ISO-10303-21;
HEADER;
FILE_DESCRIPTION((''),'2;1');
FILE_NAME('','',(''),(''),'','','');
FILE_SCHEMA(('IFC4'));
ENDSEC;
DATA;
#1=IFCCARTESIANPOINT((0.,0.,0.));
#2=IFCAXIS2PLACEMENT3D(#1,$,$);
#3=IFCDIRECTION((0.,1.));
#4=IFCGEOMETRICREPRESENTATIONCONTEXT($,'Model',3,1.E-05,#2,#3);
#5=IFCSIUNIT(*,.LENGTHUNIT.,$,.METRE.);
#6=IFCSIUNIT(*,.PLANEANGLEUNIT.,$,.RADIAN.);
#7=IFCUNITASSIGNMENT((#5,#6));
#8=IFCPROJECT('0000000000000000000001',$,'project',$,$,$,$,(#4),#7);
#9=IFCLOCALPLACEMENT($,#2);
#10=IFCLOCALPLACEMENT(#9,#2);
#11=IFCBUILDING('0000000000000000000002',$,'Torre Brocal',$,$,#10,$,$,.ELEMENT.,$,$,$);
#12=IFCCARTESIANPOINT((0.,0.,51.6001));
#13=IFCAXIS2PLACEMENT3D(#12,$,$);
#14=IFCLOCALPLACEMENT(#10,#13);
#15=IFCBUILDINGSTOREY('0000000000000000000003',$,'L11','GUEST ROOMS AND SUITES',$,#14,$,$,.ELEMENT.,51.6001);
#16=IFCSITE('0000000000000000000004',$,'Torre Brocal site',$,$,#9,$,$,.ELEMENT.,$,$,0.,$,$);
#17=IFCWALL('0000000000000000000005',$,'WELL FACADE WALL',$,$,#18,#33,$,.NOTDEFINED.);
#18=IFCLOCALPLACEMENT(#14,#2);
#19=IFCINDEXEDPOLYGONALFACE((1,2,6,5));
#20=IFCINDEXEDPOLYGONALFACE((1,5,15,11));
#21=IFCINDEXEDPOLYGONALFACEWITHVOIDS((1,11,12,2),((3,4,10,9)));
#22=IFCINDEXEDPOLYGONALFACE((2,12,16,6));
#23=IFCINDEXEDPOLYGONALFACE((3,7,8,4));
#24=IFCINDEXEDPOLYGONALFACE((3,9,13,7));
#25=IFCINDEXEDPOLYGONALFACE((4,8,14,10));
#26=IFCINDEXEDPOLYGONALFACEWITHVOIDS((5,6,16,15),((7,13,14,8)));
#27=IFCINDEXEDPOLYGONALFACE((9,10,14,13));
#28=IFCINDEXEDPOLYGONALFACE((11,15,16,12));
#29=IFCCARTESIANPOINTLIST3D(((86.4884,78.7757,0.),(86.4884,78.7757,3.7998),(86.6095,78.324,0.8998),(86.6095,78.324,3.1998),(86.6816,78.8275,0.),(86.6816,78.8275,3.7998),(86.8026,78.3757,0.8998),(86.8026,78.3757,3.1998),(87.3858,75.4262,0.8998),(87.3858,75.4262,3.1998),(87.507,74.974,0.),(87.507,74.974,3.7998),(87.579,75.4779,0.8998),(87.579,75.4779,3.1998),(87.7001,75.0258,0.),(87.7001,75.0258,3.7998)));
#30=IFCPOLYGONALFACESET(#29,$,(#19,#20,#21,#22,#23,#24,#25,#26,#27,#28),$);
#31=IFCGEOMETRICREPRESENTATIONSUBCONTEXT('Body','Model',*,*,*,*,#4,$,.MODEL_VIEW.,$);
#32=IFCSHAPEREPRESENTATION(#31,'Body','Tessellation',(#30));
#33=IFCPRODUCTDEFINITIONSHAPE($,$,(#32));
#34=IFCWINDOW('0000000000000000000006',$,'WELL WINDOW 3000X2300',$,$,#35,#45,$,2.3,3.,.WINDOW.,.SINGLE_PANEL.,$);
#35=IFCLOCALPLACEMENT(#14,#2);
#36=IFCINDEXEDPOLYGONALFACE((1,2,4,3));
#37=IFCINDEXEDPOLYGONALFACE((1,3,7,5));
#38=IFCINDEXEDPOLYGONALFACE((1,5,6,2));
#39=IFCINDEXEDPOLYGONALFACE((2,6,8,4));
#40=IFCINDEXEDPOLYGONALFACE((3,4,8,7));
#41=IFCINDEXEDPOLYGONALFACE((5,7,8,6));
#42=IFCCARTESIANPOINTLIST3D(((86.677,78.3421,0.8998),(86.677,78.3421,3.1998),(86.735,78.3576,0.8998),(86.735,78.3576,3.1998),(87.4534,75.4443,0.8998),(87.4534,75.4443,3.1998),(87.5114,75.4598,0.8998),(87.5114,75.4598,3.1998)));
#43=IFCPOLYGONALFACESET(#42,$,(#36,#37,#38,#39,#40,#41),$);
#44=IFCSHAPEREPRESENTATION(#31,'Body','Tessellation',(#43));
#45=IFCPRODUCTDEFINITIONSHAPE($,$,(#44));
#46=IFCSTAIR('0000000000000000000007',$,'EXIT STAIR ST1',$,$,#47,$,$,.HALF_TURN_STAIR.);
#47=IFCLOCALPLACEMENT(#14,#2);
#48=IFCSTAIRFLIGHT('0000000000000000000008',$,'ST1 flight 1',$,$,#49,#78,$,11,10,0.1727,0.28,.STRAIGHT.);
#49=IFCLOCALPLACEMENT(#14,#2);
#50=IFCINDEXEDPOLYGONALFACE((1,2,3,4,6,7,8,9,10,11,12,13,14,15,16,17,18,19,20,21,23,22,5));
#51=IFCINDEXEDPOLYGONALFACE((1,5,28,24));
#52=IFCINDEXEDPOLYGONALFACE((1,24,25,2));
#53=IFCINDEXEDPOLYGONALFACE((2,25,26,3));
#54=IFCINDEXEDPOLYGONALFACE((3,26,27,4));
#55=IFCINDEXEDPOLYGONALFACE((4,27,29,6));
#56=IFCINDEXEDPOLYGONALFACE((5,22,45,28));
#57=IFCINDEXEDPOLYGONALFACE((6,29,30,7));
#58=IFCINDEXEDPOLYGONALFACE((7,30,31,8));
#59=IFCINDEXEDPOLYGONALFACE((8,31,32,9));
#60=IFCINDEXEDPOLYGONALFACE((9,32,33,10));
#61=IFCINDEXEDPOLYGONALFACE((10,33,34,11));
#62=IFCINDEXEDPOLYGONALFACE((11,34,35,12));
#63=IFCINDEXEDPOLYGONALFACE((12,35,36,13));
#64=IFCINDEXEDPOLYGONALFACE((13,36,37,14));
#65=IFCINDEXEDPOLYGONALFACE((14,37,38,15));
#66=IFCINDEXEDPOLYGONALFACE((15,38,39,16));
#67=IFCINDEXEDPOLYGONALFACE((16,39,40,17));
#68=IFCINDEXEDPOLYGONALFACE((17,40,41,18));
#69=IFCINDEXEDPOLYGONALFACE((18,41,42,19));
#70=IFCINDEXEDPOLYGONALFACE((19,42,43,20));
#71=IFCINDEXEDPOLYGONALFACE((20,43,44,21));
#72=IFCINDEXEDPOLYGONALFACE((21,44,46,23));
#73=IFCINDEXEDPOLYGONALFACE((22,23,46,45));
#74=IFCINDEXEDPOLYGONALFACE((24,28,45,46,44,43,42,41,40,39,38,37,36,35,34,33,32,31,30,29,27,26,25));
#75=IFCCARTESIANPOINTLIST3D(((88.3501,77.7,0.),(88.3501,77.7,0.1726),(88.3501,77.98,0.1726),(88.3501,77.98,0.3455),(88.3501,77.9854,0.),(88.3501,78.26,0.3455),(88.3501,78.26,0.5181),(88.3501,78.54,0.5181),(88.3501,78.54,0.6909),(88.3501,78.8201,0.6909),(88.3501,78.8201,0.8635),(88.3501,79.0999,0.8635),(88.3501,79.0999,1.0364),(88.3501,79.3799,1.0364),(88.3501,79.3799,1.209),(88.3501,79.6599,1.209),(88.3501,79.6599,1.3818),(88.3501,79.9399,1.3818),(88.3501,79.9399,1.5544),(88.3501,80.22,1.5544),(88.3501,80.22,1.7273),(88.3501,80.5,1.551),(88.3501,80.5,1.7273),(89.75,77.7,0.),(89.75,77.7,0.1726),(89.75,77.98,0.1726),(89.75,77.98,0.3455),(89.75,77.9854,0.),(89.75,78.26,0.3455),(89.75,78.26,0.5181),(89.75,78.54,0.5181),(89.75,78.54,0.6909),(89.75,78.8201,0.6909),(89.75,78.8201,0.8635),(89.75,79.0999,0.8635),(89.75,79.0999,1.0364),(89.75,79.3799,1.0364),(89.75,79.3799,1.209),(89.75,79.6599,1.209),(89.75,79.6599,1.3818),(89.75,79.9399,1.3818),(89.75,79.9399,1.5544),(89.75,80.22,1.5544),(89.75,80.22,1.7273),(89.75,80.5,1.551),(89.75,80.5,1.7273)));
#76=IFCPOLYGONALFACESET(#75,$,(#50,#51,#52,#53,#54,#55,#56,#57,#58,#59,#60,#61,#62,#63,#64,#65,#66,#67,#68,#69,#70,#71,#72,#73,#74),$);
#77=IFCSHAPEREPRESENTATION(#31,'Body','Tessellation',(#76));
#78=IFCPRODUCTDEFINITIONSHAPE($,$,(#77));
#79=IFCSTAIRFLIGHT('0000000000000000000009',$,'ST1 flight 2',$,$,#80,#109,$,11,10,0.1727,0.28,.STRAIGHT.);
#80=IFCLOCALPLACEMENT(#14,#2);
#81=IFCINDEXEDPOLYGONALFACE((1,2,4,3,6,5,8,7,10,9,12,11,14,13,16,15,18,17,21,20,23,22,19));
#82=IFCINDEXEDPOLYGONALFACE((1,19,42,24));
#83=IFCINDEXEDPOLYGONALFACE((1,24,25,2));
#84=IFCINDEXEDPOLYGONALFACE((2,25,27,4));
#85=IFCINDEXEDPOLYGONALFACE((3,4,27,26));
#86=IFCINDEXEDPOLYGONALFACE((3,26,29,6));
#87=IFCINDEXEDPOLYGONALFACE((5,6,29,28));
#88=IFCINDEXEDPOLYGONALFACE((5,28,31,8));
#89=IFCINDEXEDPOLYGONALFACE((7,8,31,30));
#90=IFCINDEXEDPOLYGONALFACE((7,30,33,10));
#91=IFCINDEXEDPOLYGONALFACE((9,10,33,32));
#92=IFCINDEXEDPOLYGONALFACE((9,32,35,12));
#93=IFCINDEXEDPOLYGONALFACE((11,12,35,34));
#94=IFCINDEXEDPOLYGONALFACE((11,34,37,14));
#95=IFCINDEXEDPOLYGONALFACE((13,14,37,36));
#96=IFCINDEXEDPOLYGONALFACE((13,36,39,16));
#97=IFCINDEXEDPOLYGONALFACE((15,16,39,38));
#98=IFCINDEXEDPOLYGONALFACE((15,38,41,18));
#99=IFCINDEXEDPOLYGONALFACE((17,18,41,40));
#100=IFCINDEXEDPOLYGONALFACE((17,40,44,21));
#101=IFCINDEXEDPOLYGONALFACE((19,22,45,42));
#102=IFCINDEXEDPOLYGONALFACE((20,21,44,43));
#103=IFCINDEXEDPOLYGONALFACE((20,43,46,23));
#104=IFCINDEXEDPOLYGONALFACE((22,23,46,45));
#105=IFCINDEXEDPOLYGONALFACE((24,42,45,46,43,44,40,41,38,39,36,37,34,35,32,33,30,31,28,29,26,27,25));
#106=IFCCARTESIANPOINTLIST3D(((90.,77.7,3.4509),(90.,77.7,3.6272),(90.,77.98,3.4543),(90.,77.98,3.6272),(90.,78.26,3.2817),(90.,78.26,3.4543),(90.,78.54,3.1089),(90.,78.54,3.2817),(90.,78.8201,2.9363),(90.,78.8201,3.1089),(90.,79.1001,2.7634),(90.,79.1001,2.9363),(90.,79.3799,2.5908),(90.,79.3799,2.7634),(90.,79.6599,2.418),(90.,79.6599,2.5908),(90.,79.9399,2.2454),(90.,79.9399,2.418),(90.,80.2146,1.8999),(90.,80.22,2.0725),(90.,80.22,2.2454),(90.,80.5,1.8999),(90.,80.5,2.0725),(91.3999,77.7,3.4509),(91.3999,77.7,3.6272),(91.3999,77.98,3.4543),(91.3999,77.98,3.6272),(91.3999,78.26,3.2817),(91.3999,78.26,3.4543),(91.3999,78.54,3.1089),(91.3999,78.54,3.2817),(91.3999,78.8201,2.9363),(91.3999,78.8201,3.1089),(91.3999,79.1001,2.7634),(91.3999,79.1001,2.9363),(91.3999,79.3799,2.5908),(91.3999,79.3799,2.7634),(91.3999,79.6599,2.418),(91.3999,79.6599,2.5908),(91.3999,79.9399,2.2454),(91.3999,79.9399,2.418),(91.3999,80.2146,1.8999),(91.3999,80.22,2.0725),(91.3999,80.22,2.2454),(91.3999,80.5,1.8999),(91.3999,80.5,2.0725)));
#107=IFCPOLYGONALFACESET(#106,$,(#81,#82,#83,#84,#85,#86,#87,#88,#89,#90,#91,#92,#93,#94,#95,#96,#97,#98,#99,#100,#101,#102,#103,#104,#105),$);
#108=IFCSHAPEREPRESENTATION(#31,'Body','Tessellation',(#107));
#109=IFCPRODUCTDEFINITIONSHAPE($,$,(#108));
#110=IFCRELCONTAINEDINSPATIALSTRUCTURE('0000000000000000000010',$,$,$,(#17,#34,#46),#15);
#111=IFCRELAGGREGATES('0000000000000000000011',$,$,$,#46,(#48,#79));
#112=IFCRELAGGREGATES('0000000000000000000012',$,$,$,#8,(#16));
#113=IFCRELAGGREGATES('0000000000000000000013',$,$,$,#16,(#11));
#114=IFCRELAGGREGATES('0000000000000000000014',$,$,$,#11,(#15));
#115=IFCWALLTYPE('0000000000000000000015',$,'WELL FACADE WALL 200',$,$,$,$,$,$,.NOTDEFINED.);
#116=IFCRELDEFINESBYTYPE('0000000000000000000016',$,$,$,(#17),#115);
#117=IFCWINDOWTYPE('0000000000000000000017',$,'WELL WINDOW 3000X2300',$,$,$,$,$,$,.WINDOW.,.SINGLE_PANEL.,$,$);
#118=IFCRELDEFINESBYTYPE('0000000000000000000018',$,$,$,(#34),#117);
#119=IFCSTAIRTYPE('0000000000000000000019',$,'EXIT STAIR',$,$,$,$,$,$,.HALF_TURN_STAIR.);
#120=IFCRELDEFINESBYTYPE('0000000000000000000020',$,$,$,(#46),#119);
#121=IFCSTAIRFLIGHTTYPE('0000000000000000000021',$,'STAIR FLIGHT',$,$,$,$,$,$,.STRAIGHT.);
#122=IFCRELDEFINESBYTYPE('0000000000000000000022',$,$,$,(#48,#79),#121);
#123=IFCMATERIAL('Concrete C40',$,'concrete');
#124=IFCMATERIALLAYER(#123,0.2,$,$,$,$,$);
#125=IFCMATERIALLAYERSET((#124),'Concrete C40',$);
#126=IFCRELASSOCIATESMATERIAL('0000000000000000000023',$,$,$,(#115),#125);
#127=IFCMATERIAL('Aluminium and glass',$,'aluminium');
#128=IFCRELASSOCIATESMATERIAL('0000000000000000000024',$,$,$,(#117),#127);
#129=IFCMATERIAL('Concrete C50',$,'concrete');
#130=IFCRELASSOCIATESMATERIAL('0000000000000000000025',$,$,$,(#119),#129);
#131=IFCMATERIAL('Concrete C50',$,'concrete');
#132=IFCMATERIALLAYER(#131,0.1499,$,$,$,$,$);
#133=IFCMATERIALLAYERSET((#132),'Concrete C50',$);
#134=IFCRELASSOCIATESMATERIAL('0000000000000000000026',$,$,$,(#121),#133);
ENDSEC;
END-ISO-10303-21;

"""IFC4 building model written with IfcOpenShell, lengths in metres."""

from ifc_helpers import new_model, si_unit, direction, frame, frame_2d, origin, place, context, subcontext, project, spatial, polyline, rectangle, outline, extrude, material, layer, layer_set, type_object, element, fill, aggregate, save


model = new_model("IFC4")

# Units and contexts
model_context = context("Model", 3, precision=1e-05, world=origin(), true_north=direction((0.0, 1.0)))
body_context = subcontext(model_context, "Body", "Model", "MODEL_VIEW")
ifc_project = project(units=[si_unit("LENGTHUNIT", "METRE"), si_unit("PLANEANGLEUNIT", "RADIAN")], contexts=[model_context])

# Site, building, storey
site_placement = place(None, origin())
site = spatial("IfcSite", under=ifc_project, at=site_placement, Name="Torre Brocal site", CompositionType="ELEMENT", RefElevation=0.0)
building_placement = place(site_placement, origin())
building = spatial("IfcBuilding", under=site, at=building_placement, Name="Torre Brocal", CompositionType="ELEMENT")
storey_placement = place(building_placement, frame((0.0, 0.0, 51.6001)))
storey = spatial("IfcBuildingStorey", under=building, at=storey_placement, Name="L11", Description="GUEST ROOMS AND SUITES", CompositionType="ELEMENT", Elevation=51.6001)

# Wall, opening, window
ifc_material_1 = material(Name="Concrete C40", Category="concrete")
ifc_layer_1 = layer(ifc_material_1, 0.2)
ifc_layer_set_1 = layer_set([ifc_layer_1], Name="Concrete C40")
wall_type_1 = type_object("IfcWallType", Name="WELL FACADE WALL 200", PredefinedType="NOTDEFINED", material=ifc_layer_set_1)
wall_1_placement = place(storey_placement, frame((87.6035, 75.0, 0.0), z_axis=(0.0, 0.0, 1.0), x_axis=(-0.25879, 0.965934, 0.0)))
wall_1 = element("IfcWall", 1, at=wall_1_placement, inside=storey, type_object=wall_type_1, Name="WELL FACADE WALL", PredefinedType="NOTDEFINED", context=body_context, shape_type="SweptSolid", body=[
    extrude(rectangle(XDim=3.9358, YDim=0.2, at=frame_2d((1.9678, 0.0))), origin(), (0.0, 0.0, 1.0), 3.7998),
])
opening_1_placement = place(wall_1_placement, frame((0.468, 0.0, 0.8999)))
opening_1 = element("IfcOpeningElement", 2, at=opening_1_placement, cuts=wall_1, PredefinedType="OPENING", context=body_context, shape_type="SweptSolid", body=[
    extrude(rectangle(XDim=3.0, YDim=2.3, at=frame_2d((1.5, 1.1499))), frame((0.0, 0.1099, 0.0), z_axis=(0.0, -1.0, 0.0), x_axis=(1.0, 0.0, 0.0)), (0.0, 0.0, 1.0), 0.22),
])
ifc_material_2 = material(Name="Aluminium and glass", Category="aluminium")
window_type = type_object("IfcWindowType", Name="WELL WINDOW 3000X2300", PartitioningType="SINGLE_PANEL", PredefinedType="WINDOW", material=ifc_material_2)
window_placement = place(opening_1_placement, origin())
window = element("IfcWindow", 3, at=window_placement, inside=storey, type_object=window_type, Name="WELL WINDOW 3000X2300", OverallHeight=2.3, OverallWidth=3.0, PartitioningType="SINGLE_PANEL", PredefinedType="WINDOW", context=body_context, shape_type="SweptSolid", body=[
    extrude(rectangle(XDim=3.0, YDim=2.3, at=frame_2d((1.5, 1.1499))), frame((0.0, 0.03, 0.0), z_axis=(0.0, -1.0, 0.0), x_axis=(1.0, 0.0, 0.0)), (0.0, 0.0, 1.0), 0.0601),
])
fill(opening_1, window)

# Stair, stair flights
ifc_material_3 = material(Name="Concrete C50", Category="concrete")
stair_type = type_object("IfcStairType", Name="EXIT STAIR", PredefinedType="HALF_TURN_STAIR", material=ifc_material_3)
stair_placement = place(storey_placement, origin())
stair = element("IfcStair", 4, at=stair_placement, inside=storey, type_object=stair_type, Name="EXIT STAIR ST1", PredefinedType="HALF_TURN_STAIR")
ifc_material_4 = material(Name="Concrete C50", Category="concrete")
ifc_layer_2 = layer(ifc_material_4, 0.1499)
ifc_layer_set_2 = layer_set([ifc_layer_2], Name="Concrete C50")
stair_flight_type = type_object("IfcStairFlightType", Name="STAIR FLIGHT", PredefinedType="STRAIGHT", material=ifc_layer_set_2)
stair_flight_1_placement = place(storey_placement, frame((89.05, 77.7, 0.0), z_axis=(0.0, 0.0, 1.0), x_axis=(0.0, 1.0, 0.0)))
stair_flight_1 = element("IfcStairFlight", 5, at=stair_flight_1_placement, type_object=stair_flight_type, Name="ST1 flight 1", NumberOfRisers=11, NumberOfTreads=10, PredefinedType="STRAIGHT", RiserHeight=0.1727, TreadLength=0.28, context=body_context, shape_type="SweptSolid", body=[
    extrude(outline(polyline([(0.0, 0.0), (0.0, 0.1726), (0.28, 0.1726), (0.28, 0.3455), (0.5601, 0.3455), (0.5601, 0.5181), (0.8401, 0.5181), (0.8401, 0.6909), (1.1201, 0.6909), (1.1201, 0.8635), (1.3999, 0.8635), (1.3999, 1.0364), (1.6799, 1.0364), (1.6799, 1.209), (1.96, 1.209), (1.96, 1.3818), (2.24, 1.3818), (2.24, 1.5544), (2.52, 1.5544), (2.52, 1.7273), (2.8, 1.7273), (2.8, 1.8999), (2.8, 1.551), (0.2854, 0.0), (0.0, 0.0)])), frame((0.0, 0.7, 0.0), z_axis=(0.0, -1.0, 0.0), x_axis=(1.0, 0.0, 0.0)), (0.0, 0.0, 1.0), 1.3999),
])
stair_flight_2_placement = place(storey_placement, frame((90.7, 80.5, 1.8999), z_axis=(0.0, 0.0, 1.0), x_axis=(0.0, -1.0, 0.0)))
stair_flight_2 = element("IfcStairFlight", 6, at=stair_flight_2_placement, type_object=stair_flight_type, Name="ST1 flight 2", NumberOfRisers=11, NumberOfTreads=10, PredefinedType="STRAIGHT", RiserHeight=0.1727, TreadLength=0.28, context=body_context, shape_type="SweptSolid", body=[
    extrude(outline(polyline([(0.0, 0.0), (0.0, 0.1726), (0.28, 0.1726), (0.28, 0.3455), (0.5601, 0.3455), (0.5601, 0.5181), (0.8401, 0.5181), (0.8401, 0.6909), (1.1201, 0.6909), (1.1201, 0.8635), (1.3999, 0.8635), (1.3999, 1.0364), (1.6799, 1.0364), (1.6799, 1.209), (1.96, 1.209), (1.96, 1.3818), (2.24, 1.3818), (2.24, 1.5544), (2.52, 1.5544), (2.52, 1.7273), (2.8, 1.7273), (2.8, 1.8999), (2.8, 1.551), (0.2854, 0.0), (0.0, 0.0)])), frame((0.0, 0.7, 0.0), z_axis=(0.0, -1.0, 0.0), x_axis=(1.0, 0.0, 0.0)), (0.0, 0.0, 1.0), 1.3999),
])
aggregate(stair, [stair_flight_1, stair_flight_2])

save(model, "model.ifc")
